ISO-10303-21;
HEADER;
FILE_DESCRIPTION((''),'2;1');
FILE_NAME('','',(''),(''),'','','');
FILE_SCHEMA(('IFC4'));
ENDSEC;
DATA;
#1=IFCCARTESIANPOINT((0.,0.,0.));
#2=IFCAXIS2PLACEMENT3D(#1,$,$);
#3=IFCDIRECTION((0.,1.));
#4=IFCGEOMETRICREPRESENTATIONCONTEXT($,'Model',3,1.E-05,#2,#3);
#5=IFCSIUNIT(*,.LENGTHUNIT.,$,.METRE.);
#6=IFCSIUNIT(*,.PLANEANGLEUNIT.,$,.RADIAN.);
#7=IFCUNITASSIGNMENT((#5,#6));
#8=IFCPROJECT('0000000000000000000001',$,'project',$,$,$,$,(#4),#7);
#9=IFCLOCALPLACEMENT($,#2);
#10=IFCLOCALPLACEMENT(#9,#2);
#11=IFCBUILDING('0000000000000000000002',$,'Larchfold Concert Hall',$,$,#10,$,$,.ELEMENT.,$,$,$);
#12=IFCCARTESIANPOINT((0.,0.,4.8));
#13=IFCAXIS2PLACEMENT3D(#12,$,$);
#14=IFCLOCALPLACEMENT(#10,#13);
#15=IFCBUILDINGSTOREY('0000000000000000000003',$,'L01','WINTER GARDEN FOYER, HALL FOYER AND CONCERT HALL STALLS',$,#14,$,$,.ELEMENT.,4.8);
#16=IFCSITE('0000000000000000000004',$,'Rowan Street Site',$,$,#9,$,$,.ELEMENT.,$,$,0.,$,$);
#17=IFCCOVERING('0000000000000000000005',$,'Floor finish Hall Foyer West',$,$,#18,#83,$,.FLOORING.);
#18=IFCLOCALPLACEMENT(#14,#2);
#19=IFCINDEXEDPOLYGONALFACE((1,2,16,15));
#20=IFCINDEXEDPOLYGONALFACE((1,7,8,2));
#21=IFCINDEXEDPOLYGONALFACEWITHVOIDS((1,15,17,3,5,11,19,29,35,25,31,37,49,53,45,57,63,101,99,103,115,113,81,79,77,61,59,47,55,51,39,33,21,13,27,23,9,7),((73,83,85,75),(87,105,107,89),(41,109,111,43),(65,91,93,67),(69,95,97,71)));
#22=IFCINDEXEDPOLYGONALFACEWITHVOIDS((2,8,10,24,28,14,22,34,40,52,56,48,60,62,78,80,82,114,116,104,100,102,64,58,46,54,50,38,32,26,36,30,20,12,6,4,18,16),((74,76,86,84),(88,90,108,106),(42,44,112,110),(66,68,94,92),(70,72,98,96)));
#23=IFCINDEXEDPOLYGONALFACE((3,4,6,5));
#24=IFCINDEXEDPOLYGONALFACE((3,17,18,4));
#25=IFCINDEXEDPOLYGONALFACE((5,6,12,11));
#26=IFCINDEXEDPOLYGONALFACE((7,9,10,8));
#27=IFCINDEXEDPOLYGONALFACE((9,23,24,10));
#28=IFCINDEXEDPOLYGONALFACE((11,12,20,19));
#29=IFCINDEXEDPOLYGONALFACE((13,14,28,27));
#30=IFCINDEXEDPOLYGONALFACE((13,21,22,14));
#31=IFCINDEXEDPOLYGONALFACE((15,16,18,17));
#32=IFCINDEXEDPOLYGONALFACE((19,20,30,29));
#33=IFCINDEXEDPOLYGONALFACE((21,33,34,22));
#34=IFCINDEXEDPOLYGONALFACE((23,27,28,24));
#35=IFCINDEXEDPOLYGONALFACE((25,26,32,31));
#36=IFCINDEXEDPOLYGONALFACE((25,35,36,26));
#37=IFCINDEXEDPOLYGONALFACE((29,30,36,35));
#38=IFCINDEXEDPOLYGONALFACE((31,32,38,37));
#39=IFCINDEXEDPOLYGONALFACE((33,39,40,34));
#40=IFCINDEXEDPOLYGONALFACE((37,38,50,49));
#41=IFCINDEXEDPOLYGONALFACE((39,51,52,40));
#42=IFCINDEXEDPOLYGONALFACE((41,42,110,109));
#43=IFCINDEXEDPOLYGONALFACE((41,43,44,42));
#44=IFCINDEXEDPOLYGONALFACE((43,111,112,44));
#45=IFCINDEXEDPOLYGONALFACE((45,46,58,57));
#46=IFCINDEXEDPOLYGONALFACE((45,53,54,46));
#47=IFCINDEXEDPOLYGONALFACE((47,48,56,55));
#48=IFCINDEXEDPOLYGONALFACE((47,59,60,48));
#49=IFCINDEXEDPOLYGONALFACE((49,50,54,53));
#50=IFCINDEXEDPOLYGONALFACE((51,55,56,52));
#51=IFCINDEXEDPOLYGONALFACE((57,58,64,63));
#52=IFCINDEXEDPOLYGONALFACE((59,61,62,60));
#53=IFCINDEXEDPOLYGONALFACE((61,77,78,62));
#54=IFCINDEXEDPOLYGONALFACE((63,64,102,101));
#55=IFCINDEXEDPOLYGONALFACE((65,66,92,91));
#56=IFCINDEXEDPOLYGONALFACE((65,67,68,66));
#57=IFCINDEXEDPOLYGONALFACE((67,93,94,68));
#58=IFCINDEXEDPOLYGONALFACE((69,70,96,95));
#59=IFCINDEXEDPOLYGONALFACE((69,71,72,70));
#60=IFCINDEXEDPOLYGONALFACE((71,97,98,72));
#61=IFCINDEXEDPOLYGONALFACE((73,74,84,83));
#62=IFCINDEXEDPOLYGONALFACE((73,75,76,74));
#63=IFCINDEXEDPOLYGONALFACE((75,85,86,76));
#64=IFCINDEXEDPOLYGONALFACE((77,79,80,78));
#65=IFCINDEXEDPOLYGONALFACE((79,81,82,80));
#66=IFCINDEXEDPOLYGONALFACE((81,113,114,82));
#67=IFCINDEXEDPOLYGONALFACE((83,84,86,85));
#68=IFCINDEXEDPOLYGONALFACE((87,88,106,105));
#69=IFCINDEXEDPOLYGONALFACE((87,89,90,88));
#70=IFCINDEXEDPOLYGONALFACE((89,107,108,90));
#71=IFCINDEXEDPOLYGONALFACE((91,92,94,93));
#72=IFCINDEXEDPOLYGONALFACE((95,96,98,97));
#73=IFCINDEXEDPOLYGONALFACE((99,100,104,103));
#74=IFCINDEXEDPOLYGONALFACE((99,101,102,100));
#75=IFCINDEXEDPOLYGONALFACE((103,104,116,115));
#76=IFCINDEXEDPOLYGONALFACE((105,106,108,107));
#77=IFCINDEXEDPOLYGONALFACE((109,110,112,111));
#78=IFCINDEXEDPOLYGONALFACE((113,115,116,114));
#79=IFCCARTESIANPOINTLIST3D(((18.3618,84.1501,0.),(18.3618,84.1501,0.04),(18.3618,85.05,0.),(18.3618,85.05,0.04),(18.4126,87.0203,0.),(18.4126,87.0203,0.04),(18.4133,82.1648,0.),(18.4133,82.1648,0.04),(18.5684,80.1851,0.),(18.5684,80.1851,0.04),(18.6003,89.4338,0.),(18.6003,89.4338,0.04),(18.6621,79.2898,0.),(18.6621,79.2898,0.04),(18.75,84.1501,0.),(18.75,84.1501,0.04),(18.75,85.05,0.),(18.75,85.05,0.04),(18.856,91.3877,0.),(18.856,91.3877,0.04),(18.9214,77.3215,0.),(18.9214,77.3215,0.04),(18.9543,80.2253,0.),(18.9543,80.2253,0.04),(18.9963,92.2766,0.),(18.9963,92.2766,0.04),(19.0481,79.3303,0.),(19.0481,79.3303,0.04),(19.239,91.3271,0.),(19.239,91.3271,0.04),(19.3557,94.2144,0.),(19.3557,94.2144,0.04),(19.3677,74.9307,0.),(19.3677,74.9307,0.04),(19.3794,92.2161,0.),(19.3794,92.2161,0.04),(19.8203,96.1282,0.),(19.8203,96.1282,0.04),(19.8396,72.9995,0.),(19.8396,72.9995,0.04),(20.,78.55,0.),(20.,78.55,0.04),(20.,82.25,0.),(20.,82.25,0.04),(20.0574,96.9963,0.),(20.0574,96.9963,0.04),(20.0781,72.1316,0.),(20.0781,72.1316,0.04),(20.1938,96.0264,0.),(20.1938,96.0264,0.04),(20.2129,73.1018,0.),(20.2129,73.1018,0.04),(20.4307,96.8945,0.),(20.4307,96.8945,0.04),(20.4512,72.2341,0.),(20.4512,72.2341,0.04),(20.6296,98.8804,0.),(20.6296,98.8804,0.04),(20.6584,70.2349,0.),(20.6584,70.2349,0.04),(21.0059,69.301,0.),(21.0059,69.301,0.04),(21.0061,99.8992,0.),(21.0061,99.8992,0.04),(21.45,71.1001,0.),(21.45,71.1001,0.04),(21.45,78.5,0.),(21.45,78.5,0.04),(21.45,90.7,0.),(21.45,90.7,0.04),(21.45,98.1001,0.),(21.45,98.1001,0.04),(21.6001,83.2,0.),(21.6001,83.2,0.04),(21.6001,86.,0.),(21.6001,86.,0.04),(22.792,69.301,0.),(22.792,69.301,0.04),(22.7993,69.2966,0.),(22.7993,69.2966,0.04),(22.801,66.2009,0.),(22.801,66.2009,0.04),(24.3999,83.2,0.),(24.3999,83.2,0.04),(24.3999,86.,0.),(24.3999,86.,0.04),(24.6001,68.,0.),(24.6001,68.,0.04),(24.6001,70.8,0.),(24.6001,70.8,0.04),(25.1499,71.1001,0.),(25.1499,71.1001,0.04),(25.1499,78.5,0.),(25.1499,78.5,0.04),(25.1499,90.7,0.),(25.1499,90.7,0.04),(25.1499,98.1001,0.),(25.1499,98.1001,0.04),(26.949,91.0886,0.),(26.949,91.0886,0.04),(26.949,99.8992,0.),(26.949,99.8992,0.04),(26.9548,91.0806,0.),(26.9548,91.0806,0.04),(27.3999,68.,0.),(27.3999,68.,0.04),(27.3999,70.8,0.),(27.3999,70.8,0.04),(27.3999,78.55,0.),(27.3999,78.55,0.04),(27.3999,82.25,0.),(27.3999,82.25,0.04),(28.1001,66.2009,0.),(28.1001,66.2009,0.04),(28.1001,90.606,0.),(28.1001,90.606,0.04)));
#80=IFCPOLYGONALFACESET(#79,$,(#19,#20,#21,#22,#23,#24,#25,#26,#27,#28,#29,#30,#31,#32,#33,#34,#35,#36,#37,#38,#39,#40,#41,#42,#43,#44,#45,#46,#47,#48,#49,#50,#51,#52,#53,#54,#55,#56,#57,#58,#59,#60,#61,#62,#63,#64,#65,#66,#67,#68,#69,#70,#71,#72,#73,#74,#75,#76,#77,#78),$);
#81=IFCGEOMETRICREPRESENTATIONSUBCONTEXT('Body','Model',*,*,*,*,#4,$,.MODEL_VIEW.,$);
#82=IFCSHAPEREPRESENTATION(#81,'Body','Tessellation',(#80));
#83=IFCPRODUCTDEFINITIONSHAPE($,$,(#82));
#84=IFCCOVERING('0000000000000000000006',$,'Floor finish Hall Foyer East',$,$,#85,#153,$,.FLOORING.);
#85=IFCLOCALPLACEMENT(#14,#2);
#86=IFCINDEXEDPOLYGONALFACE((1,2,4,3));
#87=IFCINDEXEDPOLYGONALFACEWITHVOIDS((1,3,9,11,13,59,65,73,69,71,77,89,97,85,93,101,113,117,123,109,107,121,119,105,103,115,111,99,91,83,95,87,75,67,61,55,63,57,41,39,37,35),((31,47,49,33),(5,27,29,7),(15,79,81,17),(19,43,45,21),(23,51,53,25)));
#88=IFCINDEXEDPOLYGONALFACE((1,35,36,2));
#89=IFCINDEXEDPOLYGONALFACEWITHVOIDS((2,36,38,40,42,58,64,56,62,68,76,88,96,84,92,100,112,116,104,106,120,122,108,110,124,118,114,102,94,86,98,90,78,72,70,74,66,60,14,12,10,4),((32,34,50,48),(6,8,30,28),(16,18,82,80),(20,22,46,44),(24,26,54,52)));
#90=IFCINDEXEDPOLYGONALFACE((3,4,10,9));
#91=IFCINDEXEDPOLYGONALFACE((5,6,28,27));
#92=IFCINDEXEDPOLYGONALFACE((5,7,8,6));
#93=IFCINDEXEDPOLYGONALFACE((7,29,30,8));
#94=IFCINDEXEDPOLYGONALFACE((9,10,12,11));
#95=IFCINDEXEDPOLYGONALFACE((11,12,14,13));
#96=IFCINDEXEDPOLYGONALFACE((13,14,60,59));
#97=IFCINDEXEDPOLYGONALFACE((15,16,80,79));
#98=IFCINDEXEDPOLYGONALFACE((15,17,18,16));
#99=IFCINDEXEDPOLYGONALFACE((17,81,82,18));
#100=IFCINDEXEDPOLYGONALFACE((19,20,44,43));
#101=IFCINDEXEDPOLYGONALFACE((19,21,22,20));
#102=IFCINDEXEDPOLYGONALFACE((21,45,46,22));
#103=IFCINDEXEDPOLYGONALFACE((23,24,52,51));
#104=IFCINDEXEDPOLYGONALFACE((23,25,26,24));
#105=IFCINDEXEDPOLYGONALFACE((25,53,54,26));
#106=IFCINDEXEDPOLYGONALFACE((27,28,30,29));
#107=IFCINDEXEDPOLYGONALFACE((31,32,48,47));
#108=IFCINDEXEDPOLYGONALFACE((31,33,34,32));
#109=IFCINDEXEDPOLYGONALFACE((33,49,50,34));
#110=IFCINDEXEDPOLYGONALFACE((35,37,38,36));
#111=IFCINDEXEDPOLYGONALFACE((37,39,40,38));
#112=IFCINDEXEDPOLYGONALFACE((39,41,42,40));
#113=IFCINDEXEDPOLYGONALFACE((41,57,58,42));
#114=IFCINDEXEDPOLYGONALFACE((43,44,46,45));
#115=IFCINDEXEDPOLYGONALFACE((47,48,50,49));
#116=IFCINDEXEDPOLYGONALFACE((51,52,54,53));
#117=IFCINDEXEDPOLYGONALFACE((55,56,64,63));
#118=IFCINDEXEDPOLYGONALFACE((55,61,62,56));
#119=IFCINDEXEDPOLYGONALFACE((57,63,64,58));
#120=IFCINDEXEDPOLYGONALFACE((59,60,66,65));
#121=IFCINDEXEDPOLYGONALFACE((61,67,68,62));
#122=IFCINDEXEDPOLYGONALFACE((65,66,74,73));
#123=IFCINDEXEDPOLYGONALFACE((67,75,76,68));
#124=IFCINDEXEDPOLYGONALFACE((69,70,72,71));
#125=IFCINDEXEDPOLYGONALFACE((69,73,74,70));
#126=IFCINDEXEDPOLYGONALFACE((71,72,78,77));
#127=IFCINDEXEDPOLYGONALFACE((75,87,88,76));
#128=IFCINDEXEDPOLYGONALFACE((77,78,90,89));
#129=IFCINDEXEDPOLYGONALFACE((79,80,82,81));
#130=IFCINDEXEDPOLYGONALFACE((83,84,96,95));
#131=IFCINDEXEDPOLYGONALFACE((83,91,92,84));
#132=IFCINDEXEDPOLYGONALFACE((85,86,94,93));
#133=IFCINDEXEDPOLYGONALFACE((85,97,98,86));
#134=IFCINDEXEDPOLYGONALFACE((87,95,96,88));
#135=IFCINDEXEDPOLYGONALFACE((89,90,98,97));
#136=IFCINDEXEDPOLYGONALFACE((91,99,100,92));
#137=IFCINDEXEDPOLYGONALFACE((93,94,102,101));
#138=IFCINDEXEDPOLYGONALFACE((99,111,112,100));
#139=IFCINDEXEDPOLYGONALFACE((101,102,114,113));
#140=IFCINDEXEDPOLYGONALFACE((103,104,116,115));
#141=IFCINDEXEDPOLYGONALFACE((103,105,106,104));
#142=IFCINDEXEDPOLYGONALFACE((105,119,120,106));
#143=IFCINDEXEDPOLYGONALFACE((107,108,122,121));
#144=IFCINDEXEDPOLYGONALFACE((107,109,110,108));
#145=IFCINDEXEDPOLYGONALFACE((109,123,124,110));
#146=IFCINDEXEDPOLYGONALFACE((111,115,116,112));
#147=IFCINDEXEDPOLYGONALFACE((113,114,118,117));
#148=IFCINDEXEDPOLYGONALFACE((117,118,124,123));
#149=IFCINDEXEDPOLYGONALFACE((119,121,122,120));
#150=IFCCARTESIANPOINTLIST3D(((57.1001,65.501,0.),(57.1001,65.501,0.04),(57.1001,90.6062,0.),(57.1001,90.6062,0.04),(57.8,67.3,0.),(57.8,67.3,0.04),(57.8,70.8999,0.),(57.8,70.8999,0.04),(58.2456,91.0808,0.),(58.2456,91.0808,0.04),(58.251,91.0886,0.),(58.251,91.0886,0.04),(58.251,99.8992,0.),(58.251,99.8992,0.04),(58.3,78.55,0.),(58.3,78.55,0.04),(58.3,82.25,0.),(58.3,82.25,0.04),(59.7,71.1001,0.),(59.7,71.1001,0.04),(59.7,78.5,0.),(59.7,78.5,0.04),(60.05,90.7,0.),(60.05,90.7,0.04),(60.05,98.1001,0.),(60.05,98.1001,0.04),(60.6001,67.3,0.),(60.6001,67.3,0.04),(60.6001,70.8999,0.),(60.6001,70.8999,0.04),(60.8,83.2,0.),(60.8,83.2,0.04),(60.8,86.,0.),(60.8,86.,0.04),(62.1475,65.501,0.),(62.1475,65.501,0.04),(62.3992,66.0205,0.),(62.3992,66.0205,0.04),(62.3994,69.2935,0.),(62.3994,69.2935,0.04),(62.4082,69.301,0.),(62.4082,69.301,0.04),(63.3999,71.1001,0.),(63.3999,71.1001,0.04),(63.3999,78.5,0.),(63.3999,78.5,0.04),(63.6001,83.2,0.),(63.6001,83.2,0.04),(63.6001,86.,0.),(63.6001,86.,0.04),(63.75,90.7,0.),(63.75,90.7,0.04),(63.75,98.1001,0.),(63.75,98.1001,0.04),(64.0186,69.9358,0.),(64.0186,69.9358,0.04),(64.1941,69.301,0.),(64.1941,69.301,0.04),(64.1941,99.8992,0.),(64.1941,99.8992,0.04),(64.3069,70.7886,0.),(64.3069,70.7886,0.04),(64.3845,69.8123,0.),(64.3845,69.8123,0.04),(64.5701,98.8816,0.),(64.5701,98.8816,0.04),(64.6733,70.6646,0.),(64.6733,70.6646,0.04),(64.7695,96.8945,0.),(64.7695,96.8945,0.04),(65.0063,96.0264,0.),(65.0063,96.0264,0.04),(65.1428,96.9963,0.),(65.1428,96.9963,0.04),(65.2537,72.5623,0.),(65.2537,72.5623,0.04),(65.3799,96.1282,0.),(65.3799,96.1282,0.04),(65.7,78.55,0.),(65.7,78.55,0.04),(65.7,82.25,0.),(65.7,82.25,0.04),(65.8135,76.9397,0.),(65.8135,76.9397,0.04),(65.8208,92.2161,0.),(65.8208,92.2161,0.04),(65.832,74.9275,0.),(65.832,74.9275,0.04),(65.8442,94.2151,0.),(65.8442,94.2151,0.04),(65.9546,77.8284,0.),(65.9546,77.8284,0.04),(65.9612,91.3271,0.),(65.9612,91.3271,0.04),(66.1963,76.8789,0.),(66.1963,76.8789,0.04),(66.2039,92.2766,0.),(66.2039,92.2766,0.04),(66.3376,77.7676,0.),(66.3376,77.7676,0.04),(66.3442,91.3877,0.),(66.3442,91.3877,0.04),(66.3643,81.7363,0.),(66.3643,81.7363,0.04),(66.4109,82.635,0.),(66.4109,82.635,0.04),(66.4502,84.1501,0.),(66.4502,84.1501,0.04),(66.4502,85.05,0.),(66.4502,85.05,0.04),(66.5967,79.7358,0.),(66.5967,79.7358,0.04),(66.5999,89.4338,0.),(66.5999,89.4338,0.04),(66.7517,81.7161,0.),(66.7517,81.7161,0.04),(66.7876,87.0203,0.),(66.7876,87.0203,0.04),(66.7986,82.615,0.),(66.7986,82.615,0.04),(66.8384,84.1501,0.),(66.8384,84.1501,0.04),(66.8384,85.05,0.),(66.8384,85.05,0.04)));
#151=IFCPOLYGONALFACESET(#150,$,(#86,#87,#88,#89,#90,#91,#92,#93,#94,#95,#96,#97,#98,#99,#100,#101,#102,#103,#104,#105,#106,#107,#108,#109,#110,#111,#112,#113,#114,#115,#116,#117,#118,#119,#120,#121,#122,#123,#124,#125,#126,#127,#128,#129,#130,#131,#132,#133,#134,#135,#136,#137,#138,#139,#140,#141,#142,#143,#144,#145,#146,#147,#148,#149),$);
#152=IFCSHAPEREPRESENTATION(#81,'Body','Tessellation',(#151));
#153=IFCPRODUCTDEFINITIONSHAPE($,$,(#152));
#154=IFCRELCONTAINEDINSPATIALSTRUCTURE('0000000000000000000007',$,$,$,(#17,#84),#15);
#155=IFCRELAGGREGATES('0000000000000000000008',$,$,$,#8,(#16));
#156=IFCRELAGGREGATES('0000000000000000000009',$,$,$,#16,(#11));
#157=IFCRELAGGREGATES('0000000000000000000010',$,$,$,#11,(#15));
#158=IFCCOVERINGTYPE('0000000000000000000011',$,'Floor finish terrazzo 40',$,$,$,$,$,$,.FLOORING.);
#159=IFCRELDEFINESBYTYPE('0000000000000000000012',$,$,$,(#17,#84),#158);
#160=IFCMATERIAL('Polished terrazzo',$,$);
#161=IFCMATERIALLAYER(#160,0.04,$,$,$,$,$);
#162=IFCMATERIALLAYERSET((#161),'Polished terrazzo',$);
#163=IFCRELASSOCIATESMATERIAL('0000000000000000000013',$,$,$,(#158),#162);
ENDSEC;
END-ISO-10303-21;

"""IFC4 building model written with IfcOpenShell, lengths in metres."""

from ifc_helpers import new_model, si_unit, direction, frame, origin, place, context, subcontext, project, spatial, polyline, outline, extrude, material, layer, layer_set, type_object, element, save


model = new_model("IFC4")

# Units and contexts
model_context = context("Model", 3, precision=1e-05, world=origin(), true_north=direction((0.0, 1.0)))
body_context = subcontext(model_context, "Body", "Model", "MODEL_VIEW")
ifc_project = project(units=[si_unit("LENGTHUNIT", "METRE"), si_unit("PLANEANGLEUNIT", "RADIAN")], contexts=[model_context])

# Site, building, storey
site_placement = place(None, origin())
site = spatial("IfcSite", under=ifc_project, at=site_placement, Name="Rowan Street Site", CompositionType="ELEMENT", RefElevation=0.0)
building_placement = place(site_placement, origin())
building = spatial("IfcBuilding", under=site, at=building_placement, Name="Larchfold Concert Hall", CompositionType="ELEMENT")
storey_placement = place(building_placement, frame((0.0, 0.0, 4.8)))
storey = spatial("IfcBuildingStorey", under=building, at=storey_placement, Name="L01", Description="WINTER GARDEN FOYER, HALL FOYER AND CONCERT HALL STALLS", CompositionType="ELEMENT", Elevation=4.8)

# Coverings
ifc_material_1 = material(Name="Polished terrazzo")
ifc_layer_1 = layer(ifc_material_1, 0.04)
ifc_layer_set_1 = layer_set([ifc_layer_1], Name="Polished terrazzo")
covering_type_1 = type_object("IfcCoveringType", Name="Floor finish terrazzo 40", PredefinedType="FLOORING", material=ifc_layer_set_1)
covering_1_placement = place(storey_placement, origin())
element("IfcCovering", 1, at=covering_1_placement, inside=storey, type_object=covering_type_1, Name="Floor finish Hall Foyer West", PredefinedType="FLOORING", context=body_context, shape_type="SweptSolid", body=[
    extrude(outline(polyline([(18.4133, 82.1648), (18.5684, 80.1851), (18.9543, 80.2253), (19.0481, 79.3303), (18.6621, 79.2898), (18.9214, 77.3215), (19.3677, 74.9307), (19.8396, 72.9995), (20.2129, 73.1018), (20.4512, 72.2341), (20.0781, 72.1316), (20.6584, 70.2349), (21.0059, 69.301), (22.792, 69.301), (22.7993, 69.2966), (22.801, 66.2009), (28.1001, 66.2009), (28.1001, 90.606), (26.9548, 91.0806), (26.949, 91.0886), (26.949, 99.8992), (21.0061, 99.8992), (20.6296, 98.8804), (20.0574, 96.9963), (20.4307, 96.8945), (20.1938, 96.0264), (19.8203, 96.1282), (19.3557, 94.2144), (18.9963, 92.2766), (19.3794, 92.2161), (19.239, 91.3271), (18.856, 91.3877), (18.6003, 89.4338), (18.4126, 87.0203), (18.3618, 85.05), (18.75, 85.05), (18.75, 84.1501), (18.3618, 84.1501), (18.4133, 82.1648)]), holes=[polyline([(20.0, 78.55), (20.0, 82.25), (27.3999, 82.25), (27.3999, 78.55), (20.0, 78.55)]), polyline([(24.6001, 68.0), (24.6001, 70.8), (27.3999, 70.8), (27.3999, 68.0), (24.6001, 68.0)]), polyline([(21.45, 71.1001), (21.45, 78.5), (25.1499, 78.5), (25.1499, 71.1001), (21.45, 71.1001)]), polyline([(21.45, 90.7), (21.45, 98.1001), (25.1499, 98.1001), (25.1499, 90.7), (21.45, 90.7)]), polyline([(21.6001, 83.2), (21.6001, 86.0), (24.3999, 86.0), (24.3999, 83.2), (21.6001, 83.2)])]), origin(), (0.0, 0.0, 1.0), 0.04),
])
covering_2_placement = place(storey_placement, origin())
element("IfcCovering", 2, at=covering_2_placement, inside=storey, type_object=covering_type_1, Name="Floor finish Hall Foyer East", PredefinedType="FLOORING", context=body_context, shape_type="SweptSolid", body=[
    extrude(outline(polyline([(58.2456, 91.0808), (57.1001, 90.6062), (57.1001, 65.501), (62.1475, 65.501), (62.3992, 66.0205), (62.3994, 69.2935), (62.4082, 69.301), (64.1941, 69.301), (64.3845, 69.8123), (64.0186, 69.9358), (64.3069, 70.7886), (64.6733, 70.6646), (65.2537, 72.5623), (65.832, 74.9275), (66.1963, 76.8789), (65.8135, 76.9397), (65.9546, 77.8284), (66.3376, 77.7676), (66.5967, 79.7358), (66.7517, 81.7161), (66.3643, 81.7363), (66.4109, 82.635), (66.7986, 82.615), (66.8384, 84.1501), (66.4502, 84.1501), (66.4502, 85.05), (66.8384, 85.05), (66.7876, 87.0203), (66.5999, 89.4338), (66.3442, 91.3877), (65.9612, 91.3271), (65.8208, 92.2161), (66.2039, 92.2766), (65.8442, 94.2151), (65.3799, 96.1282), (65.0063, 96.0264), (64.7695, 96.8945), (65.1428, 96.9963), (64.5701, 98.8816), (64.1941, 99.8992), (58.251, 99.8992), (58.251, 91.0886), (58.2456, 91.0808)]), holes=[polyline([(58.3, 82.25), (65.7, 82.25), (65.7, 78.55), (58.3, 78.55), (58.3, 82.25)]), polyline([(60.05, 90.7), (60.05, 98.1001), (63.75, 98.1001), (63.75, 90.7), (60.05, 90.7)]), polyline([(60.8, 86.0), (63.6001, 86.0), (63.6001, 83.2), (60.8, 83.2), (60.8, 86.0)]), polyline([(59.7, 78.5), (63.3999, 78.5), (63.3999, 71.1001), (59.7, 71.1001), (59.7, 78.5)]), polyline([(57.8, 67.3), (57.8, 70.8999), (60.6001, 70.8999), (60.6001, 67.3), (57.8, 67.3)])]), origin(), (0.0, 0.0, 1.0), 0.04),
])

save(model, "model.ifc")
